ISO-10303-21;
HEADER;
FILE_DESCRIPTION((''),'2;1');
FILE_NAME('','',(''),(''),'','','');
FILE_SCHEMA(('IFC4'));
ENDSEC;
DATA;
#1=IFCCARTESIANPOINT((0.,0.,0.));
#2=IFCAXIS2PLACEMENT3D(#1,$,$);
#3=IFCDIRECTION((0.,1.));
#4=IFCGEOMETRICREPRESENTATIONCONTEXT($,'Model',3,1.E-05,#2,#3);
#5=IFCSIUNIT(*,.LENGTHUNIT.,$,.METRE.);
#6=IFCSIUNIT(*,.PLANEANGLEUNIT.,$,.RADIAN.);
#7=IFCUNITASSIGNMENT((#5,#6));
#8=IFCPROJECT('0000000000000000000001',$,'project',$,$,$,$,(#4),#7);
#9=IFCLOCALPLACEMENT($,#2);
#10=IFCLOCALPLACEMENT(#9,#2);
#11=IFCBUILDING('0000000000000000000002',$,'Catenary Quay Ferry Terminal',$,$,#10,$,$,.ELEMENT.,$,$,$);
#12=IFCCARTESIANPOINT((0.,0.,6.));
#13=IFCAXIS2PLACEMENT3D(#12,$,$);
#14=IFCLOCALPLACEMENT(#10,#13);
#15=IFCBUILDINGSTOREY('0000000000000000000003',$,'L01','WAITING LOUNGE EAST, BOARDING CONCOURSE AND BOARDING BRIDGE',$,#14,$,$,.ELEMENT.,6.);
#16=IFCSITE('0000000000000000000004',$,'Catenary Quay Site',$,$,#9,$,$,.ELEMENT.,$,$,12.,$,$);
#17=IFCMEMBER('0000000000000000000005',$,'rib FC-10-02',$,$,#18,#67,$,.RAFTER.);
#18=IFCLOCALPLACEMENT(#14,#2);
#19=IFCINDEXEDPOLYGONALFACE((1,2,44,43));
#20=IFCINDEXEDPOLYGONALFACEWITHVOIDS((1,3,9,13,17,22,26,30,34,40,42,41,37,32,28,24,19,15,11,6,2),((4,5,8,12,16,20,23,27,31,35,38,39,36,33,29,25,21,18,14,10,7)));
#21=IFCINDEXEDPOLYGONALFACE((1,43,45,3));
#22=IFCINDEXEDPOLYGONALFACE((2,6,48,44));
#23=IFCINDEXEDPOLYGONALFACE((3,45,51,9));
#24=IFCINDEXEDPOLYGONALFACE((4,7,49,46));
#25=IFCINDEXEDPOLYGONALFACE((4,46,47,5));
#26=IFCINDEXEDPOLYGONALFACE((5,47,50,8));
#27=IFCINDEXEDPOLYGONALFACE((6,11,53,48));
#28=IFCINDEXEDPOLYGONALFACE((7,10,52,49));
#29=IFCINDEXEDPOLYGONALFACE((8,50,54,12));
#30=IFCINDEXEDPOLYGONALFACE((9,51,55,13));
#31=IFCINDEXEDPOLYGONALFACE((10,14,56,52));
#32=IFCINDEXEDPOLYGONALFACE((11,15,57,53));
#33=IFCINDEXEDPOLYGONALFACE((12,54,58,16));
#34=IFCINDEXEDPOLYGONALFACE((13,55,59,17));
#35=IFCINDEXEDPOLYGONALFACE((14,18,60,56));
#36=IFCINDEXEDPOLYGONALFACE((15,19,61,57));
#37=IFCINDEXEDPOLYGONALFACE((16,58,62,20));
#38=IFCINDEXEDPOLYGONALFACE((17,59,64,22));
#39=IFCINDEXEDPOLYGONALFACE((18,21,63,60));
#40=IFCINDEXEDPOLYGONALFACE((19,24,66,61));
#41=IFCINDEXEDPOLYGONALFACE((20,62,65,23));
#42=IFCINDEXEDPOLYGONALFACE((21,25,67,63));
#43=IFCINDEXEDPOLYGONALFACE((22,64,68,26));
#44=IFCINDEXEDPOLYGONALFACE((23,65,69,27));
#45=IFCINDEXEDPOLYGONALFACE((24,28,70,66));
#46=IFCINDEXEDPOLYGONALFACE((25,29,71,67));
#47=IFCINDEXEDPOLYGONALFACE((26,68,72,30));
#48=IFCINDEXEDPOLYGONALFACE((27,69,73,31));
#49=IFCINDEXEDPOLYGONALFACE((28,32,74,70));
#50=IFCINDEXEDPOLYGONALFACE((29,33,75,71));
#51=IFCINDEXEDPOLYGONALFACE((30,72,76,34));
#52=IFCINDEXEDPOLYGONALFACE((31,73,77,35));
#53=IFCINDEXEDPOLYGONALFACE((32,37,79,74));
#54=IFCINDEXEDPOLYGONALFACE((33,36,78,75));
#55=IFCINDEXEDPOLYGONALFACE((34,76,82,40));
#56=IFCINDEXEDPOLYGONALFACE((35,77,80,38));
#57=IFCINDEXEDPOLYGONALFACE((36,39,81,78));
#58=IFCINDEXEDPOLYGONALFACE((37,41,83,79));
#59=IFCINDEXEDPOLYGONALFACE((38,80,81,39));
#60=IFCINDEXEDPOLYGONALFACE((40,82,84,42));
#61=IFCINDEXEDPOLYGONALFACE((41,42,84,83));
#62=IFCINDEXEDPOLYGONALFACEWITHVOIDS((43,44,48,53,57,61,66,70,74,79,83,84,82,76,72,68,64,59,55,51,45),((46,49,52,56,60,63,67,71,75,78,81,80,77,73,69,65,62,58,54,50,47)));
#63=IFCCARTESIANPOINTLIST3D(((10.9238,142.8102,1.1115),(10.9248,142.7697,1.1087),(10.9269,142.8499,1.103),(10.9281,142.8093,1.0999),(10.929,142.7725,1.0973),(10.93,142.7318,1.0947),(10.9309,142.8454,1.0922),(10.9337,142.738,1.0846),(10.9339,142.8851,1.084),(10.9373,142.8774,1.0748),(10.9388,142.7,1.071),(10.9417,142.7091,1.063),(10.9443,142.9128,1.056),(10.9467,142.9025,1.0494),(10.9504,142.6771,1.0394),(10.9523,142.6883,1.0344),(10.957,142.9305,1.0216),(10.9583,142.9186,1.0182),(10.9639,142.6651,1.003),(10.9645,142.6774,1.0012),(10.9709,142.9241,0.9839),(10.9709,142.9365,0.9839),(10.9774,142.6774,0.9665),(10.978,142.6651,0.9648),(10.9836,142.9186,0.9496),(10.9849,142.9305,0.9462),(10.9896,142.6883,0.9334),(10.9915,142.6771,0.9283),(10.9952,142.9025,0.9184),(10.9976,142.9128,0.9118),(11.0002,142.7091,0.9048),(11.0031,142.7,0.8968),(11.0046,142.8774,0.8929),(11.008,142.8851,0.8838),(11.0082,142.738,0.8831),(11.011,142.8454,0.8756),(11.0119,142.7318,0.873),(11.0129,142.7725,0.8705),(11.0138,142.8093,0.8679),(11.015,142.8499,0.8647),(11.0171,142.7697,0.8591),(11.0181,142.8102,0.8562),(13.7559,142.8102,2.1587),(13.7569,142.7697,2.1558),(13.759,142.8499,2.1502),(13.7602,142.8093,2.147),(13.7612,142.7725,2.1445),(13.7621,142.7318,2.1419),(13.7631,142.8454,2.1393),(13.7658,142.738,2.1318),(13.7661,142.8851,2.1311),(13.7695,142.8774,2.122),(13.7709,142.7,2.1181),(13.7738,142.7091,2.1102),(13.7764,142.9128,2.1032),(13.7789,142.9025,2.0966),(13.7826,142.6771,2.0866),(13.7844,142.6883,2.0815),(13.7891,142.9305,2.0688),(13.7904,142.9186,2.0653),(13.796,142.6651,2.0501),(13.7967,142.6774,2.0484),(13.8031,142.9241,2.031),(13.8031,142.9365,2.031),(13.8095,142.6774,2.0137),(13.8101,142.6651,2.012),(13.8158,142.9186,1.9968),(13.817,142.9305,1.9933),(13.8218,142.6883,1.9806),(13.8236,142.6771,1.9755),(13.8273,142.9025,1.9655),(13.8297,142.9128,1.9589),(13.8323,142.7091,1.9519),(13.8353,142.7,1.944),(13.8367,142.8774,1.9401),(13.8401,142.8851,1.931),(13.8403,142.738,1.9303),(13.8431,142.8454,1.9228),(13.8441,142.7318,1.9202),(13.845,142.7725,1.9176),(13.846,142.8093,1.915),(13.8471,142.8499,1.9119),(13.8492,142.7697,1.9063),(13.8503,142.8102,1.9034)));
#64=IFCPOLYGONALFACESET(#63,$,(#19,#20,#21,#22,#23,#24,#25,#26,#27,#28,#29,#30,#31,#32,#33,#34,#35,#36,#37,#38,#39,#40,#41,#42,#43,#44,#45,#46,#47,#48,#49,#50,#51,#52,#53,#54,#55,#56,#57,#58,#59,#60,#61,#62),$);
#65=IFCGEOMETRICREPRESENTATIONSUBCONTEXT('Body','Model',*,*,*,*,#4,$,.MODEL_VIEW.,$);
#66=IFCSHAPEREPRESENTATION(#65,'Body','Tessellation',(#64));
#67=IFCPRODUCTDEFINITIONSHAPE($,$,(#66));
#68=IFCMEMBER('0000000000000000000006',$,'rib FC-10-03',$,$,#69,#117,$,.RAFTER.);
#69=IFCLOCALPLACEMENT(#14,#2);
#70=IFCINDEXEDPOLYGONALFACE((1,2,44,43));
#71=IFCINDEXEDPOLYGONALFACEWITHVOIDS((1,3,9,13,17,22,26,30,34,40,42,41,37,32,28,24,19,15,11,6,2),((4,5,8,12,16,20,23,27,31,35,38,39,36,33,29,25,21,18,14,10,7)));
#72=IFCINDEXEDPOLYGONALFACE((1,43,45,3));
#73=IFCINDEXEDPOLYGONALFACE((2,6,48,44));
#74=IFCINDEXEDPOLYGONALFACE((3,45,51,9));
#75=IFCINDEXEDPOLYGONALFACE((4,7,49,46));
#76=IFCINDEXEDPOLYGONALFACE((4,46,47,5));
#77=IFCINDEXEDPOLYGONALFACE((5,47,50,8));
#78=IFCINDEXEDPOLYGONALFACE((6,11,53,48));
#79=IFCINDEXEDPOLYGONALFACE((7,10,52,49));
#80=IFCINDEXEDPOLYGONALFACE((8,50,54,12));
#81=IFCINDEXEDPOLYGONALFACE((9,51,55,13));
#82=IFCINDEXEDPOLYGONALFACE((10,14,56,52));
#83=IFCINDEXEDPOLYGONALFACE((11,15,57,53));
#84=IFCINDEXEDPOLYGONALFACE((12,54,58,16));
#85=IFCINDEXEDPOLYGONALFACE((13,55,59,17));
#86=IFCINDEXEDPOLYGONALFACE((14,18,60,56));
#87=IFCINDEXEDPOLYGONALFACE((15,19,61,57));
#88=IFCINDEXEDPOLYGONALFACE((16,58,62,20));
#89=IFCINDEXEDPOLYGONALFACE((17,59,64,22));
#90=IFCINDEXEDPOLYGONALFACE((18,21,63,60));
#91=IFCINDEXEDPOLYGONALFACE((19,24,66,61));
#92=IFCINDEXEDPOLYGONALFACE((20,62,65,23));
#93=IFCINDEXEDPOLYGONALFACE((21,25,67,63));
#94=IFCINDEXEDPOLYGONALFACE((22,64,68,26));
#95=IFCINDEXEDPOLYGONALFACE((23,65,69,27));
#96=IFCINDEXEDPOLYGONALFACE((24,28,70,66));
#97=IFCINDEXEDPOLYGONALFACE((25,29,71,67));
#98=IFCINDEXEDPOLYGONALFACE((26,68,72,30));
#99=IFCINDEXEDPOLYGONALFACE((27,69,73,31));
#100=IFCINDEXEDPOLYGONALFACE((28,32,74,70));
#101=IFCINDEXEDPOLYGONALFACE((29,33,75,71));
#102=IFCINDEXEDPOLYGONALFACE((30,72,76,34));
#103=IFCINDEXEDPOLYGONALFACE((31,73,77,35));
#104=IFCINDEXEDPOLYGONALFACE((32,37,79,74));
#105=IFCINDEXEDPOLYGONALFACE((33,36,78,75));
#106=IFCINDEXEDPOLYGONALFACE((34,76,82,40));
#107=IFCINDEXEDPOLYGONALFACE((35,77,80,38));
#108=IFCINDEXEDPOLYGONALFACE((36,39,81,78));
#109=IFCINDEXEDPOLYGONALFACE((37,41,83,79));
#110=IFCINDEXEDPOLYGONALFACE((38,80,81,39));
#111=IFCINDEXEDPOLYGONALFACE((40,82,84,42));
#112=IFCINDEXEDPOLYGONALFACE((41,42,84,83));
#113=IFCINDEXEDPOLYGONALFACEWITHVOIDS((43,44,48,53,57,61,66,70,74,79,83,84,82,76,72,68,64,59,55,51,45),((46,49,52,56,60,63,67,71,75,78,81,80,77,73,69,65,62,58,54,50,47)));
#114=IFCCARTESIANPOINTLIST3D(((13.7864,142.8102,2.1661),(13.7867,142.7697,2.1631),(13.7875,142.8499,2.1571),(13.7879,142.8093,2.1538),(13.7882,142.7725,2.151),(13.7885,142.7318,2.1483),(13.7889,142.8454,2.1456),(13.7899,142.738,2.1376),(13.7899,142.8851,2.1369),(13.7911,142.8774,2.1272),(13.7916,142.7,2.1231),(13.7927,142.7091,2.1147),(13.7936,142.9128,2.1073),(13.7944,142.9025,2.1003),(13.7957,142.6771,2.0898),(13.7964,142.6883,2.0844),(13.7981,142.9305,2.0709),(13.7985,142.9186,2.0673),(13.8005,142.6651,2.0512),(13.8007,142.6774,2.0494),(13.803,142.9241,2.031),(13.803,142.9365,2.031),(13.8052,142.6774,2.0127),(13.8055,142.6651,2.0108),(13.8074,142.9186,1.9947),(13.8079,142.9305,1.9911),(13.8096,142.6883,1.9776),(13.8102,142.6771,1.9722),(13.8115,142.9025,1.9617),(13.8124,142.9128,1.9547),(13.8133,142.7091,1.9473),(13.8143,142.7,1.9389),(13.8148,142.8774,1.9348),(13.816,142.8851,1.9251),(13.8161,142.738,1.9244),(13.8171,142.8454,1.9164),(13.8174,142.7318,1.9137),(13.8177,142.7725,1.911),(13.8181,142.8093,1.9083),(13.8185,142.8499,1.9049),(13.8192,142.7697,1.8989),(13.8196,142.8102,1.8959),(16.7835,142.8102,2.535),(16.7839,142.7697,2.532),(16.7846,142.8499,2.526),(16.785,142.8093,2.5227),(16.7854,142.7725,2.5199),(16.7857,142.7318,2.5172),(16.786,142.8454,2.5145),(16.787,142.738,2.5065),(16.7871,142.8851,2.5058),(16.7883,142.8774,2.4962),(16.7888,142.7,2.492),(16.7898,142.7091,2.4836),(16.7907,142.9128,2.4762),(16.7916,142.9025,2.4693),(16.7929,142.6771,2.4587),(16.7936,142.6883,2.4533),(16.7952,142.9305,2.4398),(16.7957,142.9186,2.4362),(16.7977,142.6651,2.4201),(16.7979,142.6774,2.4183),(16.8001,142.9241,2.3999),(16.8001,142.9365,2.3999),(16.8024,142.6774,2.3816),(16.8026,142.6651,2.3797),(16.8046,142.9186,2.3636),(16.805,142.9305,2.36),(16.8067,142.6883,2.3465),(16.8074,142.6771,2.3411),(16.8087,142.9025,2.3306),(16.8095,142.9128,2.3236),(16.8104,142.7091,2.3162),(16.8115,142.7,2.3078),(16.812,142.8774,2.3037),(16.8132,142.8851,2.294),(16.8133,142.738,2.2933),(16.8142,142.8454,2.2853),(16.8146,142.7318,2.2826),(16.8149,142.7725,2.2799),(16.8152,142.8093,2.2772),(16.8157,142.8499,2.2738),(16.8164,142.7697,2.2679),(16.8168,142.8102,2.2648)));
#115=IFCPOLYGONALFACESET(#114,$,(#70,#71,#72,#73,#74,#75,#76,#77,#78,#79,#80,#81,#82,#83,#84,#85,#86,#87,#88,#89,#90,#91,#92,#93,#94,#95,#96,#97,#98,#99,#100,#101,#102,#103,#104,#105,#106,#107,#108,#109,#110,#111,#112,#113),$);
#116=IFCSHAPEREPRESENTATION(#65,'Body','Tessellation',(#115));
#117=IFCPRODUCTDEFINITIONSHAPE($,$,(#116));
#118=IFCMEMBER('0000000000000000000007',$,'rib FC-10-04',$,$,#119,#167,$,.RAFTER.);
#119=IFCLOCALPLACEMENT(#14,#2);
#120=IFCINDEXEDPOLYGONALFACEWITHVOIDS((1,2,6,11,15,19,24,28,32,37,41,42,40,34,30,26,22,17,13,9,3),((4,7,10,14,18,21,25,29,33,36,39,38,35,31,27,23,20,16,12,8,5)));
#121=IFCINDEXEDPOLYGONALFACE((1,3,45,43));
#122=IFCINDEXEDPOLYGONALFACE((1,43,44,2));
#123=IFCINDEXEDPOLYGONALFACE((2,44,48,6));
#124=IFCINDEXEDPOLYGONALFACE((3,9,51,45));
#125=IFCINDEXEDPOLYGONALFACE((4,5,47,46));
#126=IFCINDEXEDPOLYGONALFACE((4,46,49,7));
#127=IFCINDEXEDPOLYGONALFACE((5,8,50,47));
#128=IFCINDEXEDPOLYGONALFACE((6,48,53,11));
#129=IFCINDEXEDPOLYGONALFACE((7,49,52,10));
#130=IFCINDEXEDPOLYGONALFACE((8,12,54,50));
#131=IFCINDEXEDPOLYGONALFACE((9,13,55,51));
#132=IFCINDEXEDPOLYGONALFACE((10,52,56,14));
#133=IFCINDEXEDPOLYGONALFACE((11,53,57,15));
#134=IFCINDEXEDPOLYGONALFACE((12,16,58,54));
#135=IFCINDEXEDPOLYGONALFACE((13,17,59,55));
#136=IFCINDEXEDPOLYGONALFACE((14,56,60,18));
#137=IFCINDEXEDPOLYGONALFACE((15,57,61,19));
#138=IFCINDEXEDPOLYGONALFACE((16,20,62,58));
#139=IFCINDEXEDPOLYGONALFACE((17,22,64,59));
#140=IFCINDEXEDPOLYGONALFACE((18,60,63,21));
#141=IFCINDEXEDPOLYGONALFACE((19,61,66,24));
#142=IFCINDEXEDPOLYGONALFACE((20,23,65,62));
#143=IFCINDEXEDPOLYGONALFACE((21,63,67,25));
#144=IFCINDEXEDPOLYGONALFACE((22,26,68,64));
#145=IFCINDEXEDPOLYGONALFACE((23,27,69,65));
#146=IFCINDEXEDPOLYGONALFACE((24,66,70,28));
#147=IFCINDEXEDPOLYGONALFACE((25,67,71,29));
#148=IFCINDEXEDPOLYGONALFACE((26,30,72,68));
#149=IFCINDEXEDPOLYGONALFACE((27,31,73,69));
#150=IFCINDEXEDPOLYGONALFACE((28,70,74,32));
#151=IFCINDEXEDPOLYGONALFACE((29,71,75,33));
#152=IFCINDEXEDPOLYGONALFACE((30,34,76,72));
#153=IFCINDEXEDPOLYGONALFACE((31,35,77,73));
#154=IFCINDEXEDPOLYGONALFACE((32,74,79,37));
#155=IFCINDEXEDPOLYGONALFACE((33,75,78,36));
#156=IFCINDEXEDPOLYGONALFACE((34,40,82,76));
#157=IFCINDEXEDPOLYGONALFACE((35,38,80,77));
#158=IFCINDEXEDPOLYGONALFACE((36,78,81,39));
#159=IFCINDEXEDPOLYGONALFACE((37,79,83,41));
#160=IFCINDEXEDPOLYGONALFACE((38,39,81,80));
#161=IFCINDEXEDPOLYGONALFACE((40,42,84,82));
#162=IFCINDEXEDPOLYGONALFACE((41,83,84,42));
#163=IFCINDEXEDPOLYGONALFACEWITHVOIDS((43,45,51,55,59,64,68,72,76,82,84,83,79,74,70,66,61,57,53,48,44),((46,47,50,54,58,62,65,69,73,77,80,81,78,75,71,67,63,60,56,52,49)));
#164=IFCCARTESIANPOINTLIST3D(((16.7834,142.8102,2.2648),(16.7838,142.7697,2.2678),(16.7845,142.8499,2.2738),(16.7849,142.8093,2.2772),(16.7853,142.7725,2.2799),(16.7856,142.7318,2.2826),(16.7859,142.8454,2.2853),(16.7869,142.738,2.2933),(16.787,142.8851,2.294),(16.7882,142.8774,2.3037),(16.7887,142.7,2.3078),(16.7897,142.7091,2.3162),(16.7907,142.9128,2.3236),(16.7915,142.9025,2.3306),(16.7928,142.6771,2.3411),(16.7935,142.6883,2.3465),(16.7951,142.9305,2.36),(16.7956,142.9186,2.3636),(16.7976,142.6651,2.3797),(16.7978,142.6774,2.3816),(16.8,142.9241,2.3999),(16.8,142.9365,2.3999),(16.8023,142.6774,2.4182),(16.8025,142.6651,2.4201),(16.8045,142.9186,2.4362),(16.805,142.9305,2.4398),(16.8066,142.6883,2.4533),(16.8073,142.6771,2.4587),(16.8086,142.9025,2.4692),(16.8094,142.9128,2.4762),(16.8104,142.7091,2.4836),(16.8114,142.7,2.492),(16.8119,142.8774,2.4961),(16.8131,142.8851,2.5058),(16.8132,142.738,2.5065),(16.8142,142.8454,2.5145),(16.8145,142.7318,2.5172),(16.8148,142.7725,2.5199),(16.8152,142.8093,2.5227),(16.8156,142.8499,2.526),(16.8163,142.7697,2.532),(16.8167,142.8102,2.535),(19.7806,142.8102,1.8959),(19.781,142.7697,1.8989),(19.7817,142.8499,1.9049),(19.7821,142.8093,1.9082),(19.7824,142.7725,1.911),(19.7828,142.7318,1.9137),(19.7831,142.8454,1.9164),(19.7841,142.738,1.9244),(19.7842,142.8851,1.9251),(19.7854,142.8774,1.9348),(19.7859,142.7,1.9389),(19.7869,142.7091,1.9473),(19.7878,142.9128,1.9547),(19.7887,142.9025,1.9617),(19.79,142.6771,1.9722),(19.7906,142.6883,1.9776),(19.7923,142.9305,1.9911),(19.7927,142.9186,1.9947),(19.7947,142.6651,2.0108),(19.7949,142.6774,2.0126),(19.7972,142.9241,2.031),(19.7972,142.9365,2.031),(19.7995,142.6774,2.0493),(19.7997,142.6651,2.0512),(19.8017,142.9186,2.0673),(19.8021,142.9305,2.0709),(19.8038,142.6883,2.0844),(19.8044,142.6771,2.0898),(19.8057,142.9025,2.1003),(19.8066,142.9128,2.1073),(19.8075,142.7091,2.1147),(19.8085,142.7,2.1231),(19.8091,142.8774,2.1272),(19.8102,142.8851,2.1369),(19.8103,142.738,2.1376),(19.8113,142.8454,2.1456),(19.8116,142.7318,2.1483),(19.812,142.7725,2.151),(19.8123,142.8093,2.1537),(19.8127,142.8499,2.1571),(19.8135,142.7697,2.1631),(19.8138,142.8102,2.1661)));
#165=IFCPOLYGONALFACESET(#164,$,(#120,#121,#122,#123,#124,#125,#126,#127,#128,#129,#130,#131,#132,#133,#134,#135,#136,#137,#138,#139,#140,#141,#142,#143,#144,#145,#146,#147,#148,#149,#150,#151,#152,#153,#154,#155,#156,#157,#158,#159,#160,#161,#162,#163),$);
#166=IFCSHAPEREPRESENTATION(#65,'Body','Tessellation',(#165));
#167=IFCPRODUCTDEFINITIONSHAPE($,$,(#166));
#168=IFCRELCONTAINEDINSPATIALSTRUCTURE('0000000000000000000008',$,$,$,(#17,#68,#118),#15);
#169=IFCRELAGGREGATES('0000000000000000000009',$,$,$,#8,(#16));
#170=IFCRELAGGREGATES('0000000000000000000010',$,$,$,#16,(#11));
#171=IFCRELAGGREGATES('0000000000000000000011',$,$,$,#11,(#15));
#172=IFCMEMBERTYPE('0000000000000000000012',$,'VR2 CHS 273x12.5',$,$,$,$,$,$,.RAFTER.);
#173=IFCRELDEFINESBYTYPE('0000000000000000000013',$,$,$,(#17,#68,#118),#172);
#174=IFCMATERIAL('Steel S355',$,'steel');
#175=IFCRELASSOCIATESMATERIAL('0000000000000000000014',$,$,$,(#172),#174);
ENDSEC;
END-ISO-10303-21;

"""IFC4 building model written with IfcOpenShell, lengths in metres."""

from ifc_helpers import new_model, si_unit, direction, frame, origin, origin_2d, place, context, subcontext, project, spatial, hollow_circle, extrude, material, material_profile, profile_set, type_object, element, save


model = new_model("IFC4")

# Units and contexts
model_context = context("Model", 3, precision=1e-05, world=origin(), true_north=direction((0.0, 1.0)))
body_context = subcontext(model_context, "Body", "Model", "MODEL_VIEW")
ifc_project = project(units=[si_unit("LENGTHUNIT", "METRE"), si_unit("PLANEANGLEUNIT", "RADIAN")], contexts=[model_context])

# Site, building, storey
site_placement = place(None, origin())
site = spatial("IfcSite", under=ifc_project, at=site_placement, Name="Catenary Quay Site", CompositionType="ELEMENT", RefElevation=12.0)
building_placement = place(site_placement, origin())
building = spatial("IfcBuilding", under=site, at=building_placement, Name="Catenary Quay Ferry Terminal", CompositionType="ELEMENT")
storey_placement = place(building_placement, frame((0.0, 0.0, 6.0)))
storey = spatial("IfcBuildingStorey", under=building, at=storey_placement, Name="L01", Description="WAITING LOUNGE EAST, BOARDING CONCOURSE AND BOARDING BRIDGE", CompositionType="ELEMENT", Elevation=6.0)

# Members
ifc_material_1 = material(Name="Steel S355", Category="steel")
ifc_material_profile_1 = material_profile(ifc_material_1, hollow_circle(Radius=0.1365, WallThickness=0.0125, at=origin_2d()), Name="CHS 273x12.5")
ifc_profile_set_1 = profile_set([ifc_material_profile_1], Name="Steel S355")
member_type_1 = type_object("IfcMemberType", Name="VR2 CHS 273x12.5", PredefinedType="RAFTER", material=ifc_profile_set_1)
member_1_placement = place(storey_placement, frame((10.9709, 142.8, 0.9839), z_axis=(0.937941, 0.0, 0.346796), x_axis=(0.0, 1.0, 0.0)))
element("IfcMember", 1, at=member_1_placement, inside=storey, type_object=member_type_1, Name="rib FC-10-02", PredefinedType="RAFTER", context=body_context, shape_type="SweptSolid", body=[
    extrude(hollow_circle(Radius=0.1365, WallThickness=0.0125, at=origin_2d()), origin(), (0.0, 0.0, 1.0), 3.0195),
])
for number, where, z_axis, x_axis, name in (
    (2, (13.803, 142.8, 2.031), (0.99251, 0.0, 0.122164), (0.0, 1.0, 0.0), "rib FC-10-03"),
    (3, (16.8, 142.8, 2.3999), (0.99251, 0.0, -0.122164), (0.0, 1.0, 0.0), "rib FC-10-04"),
):
    element("IfcMember", number, at=place(storey_placement, frame(where, z_axis=z_axis, x_axis=x_axis)), inside=storey, type_object=member_type_1, Name=name, PredefinedType="RAFTER", context=body_context, shape_type="SweptSolid", body=[
        extrude(hollow_circle(Radius=0.1365, WallThickness=0.0125, at=origin_2d()), origin(), (0.0, 0.0, 1.0), 3.0198),
    ])

save(model, "model.ifc")
